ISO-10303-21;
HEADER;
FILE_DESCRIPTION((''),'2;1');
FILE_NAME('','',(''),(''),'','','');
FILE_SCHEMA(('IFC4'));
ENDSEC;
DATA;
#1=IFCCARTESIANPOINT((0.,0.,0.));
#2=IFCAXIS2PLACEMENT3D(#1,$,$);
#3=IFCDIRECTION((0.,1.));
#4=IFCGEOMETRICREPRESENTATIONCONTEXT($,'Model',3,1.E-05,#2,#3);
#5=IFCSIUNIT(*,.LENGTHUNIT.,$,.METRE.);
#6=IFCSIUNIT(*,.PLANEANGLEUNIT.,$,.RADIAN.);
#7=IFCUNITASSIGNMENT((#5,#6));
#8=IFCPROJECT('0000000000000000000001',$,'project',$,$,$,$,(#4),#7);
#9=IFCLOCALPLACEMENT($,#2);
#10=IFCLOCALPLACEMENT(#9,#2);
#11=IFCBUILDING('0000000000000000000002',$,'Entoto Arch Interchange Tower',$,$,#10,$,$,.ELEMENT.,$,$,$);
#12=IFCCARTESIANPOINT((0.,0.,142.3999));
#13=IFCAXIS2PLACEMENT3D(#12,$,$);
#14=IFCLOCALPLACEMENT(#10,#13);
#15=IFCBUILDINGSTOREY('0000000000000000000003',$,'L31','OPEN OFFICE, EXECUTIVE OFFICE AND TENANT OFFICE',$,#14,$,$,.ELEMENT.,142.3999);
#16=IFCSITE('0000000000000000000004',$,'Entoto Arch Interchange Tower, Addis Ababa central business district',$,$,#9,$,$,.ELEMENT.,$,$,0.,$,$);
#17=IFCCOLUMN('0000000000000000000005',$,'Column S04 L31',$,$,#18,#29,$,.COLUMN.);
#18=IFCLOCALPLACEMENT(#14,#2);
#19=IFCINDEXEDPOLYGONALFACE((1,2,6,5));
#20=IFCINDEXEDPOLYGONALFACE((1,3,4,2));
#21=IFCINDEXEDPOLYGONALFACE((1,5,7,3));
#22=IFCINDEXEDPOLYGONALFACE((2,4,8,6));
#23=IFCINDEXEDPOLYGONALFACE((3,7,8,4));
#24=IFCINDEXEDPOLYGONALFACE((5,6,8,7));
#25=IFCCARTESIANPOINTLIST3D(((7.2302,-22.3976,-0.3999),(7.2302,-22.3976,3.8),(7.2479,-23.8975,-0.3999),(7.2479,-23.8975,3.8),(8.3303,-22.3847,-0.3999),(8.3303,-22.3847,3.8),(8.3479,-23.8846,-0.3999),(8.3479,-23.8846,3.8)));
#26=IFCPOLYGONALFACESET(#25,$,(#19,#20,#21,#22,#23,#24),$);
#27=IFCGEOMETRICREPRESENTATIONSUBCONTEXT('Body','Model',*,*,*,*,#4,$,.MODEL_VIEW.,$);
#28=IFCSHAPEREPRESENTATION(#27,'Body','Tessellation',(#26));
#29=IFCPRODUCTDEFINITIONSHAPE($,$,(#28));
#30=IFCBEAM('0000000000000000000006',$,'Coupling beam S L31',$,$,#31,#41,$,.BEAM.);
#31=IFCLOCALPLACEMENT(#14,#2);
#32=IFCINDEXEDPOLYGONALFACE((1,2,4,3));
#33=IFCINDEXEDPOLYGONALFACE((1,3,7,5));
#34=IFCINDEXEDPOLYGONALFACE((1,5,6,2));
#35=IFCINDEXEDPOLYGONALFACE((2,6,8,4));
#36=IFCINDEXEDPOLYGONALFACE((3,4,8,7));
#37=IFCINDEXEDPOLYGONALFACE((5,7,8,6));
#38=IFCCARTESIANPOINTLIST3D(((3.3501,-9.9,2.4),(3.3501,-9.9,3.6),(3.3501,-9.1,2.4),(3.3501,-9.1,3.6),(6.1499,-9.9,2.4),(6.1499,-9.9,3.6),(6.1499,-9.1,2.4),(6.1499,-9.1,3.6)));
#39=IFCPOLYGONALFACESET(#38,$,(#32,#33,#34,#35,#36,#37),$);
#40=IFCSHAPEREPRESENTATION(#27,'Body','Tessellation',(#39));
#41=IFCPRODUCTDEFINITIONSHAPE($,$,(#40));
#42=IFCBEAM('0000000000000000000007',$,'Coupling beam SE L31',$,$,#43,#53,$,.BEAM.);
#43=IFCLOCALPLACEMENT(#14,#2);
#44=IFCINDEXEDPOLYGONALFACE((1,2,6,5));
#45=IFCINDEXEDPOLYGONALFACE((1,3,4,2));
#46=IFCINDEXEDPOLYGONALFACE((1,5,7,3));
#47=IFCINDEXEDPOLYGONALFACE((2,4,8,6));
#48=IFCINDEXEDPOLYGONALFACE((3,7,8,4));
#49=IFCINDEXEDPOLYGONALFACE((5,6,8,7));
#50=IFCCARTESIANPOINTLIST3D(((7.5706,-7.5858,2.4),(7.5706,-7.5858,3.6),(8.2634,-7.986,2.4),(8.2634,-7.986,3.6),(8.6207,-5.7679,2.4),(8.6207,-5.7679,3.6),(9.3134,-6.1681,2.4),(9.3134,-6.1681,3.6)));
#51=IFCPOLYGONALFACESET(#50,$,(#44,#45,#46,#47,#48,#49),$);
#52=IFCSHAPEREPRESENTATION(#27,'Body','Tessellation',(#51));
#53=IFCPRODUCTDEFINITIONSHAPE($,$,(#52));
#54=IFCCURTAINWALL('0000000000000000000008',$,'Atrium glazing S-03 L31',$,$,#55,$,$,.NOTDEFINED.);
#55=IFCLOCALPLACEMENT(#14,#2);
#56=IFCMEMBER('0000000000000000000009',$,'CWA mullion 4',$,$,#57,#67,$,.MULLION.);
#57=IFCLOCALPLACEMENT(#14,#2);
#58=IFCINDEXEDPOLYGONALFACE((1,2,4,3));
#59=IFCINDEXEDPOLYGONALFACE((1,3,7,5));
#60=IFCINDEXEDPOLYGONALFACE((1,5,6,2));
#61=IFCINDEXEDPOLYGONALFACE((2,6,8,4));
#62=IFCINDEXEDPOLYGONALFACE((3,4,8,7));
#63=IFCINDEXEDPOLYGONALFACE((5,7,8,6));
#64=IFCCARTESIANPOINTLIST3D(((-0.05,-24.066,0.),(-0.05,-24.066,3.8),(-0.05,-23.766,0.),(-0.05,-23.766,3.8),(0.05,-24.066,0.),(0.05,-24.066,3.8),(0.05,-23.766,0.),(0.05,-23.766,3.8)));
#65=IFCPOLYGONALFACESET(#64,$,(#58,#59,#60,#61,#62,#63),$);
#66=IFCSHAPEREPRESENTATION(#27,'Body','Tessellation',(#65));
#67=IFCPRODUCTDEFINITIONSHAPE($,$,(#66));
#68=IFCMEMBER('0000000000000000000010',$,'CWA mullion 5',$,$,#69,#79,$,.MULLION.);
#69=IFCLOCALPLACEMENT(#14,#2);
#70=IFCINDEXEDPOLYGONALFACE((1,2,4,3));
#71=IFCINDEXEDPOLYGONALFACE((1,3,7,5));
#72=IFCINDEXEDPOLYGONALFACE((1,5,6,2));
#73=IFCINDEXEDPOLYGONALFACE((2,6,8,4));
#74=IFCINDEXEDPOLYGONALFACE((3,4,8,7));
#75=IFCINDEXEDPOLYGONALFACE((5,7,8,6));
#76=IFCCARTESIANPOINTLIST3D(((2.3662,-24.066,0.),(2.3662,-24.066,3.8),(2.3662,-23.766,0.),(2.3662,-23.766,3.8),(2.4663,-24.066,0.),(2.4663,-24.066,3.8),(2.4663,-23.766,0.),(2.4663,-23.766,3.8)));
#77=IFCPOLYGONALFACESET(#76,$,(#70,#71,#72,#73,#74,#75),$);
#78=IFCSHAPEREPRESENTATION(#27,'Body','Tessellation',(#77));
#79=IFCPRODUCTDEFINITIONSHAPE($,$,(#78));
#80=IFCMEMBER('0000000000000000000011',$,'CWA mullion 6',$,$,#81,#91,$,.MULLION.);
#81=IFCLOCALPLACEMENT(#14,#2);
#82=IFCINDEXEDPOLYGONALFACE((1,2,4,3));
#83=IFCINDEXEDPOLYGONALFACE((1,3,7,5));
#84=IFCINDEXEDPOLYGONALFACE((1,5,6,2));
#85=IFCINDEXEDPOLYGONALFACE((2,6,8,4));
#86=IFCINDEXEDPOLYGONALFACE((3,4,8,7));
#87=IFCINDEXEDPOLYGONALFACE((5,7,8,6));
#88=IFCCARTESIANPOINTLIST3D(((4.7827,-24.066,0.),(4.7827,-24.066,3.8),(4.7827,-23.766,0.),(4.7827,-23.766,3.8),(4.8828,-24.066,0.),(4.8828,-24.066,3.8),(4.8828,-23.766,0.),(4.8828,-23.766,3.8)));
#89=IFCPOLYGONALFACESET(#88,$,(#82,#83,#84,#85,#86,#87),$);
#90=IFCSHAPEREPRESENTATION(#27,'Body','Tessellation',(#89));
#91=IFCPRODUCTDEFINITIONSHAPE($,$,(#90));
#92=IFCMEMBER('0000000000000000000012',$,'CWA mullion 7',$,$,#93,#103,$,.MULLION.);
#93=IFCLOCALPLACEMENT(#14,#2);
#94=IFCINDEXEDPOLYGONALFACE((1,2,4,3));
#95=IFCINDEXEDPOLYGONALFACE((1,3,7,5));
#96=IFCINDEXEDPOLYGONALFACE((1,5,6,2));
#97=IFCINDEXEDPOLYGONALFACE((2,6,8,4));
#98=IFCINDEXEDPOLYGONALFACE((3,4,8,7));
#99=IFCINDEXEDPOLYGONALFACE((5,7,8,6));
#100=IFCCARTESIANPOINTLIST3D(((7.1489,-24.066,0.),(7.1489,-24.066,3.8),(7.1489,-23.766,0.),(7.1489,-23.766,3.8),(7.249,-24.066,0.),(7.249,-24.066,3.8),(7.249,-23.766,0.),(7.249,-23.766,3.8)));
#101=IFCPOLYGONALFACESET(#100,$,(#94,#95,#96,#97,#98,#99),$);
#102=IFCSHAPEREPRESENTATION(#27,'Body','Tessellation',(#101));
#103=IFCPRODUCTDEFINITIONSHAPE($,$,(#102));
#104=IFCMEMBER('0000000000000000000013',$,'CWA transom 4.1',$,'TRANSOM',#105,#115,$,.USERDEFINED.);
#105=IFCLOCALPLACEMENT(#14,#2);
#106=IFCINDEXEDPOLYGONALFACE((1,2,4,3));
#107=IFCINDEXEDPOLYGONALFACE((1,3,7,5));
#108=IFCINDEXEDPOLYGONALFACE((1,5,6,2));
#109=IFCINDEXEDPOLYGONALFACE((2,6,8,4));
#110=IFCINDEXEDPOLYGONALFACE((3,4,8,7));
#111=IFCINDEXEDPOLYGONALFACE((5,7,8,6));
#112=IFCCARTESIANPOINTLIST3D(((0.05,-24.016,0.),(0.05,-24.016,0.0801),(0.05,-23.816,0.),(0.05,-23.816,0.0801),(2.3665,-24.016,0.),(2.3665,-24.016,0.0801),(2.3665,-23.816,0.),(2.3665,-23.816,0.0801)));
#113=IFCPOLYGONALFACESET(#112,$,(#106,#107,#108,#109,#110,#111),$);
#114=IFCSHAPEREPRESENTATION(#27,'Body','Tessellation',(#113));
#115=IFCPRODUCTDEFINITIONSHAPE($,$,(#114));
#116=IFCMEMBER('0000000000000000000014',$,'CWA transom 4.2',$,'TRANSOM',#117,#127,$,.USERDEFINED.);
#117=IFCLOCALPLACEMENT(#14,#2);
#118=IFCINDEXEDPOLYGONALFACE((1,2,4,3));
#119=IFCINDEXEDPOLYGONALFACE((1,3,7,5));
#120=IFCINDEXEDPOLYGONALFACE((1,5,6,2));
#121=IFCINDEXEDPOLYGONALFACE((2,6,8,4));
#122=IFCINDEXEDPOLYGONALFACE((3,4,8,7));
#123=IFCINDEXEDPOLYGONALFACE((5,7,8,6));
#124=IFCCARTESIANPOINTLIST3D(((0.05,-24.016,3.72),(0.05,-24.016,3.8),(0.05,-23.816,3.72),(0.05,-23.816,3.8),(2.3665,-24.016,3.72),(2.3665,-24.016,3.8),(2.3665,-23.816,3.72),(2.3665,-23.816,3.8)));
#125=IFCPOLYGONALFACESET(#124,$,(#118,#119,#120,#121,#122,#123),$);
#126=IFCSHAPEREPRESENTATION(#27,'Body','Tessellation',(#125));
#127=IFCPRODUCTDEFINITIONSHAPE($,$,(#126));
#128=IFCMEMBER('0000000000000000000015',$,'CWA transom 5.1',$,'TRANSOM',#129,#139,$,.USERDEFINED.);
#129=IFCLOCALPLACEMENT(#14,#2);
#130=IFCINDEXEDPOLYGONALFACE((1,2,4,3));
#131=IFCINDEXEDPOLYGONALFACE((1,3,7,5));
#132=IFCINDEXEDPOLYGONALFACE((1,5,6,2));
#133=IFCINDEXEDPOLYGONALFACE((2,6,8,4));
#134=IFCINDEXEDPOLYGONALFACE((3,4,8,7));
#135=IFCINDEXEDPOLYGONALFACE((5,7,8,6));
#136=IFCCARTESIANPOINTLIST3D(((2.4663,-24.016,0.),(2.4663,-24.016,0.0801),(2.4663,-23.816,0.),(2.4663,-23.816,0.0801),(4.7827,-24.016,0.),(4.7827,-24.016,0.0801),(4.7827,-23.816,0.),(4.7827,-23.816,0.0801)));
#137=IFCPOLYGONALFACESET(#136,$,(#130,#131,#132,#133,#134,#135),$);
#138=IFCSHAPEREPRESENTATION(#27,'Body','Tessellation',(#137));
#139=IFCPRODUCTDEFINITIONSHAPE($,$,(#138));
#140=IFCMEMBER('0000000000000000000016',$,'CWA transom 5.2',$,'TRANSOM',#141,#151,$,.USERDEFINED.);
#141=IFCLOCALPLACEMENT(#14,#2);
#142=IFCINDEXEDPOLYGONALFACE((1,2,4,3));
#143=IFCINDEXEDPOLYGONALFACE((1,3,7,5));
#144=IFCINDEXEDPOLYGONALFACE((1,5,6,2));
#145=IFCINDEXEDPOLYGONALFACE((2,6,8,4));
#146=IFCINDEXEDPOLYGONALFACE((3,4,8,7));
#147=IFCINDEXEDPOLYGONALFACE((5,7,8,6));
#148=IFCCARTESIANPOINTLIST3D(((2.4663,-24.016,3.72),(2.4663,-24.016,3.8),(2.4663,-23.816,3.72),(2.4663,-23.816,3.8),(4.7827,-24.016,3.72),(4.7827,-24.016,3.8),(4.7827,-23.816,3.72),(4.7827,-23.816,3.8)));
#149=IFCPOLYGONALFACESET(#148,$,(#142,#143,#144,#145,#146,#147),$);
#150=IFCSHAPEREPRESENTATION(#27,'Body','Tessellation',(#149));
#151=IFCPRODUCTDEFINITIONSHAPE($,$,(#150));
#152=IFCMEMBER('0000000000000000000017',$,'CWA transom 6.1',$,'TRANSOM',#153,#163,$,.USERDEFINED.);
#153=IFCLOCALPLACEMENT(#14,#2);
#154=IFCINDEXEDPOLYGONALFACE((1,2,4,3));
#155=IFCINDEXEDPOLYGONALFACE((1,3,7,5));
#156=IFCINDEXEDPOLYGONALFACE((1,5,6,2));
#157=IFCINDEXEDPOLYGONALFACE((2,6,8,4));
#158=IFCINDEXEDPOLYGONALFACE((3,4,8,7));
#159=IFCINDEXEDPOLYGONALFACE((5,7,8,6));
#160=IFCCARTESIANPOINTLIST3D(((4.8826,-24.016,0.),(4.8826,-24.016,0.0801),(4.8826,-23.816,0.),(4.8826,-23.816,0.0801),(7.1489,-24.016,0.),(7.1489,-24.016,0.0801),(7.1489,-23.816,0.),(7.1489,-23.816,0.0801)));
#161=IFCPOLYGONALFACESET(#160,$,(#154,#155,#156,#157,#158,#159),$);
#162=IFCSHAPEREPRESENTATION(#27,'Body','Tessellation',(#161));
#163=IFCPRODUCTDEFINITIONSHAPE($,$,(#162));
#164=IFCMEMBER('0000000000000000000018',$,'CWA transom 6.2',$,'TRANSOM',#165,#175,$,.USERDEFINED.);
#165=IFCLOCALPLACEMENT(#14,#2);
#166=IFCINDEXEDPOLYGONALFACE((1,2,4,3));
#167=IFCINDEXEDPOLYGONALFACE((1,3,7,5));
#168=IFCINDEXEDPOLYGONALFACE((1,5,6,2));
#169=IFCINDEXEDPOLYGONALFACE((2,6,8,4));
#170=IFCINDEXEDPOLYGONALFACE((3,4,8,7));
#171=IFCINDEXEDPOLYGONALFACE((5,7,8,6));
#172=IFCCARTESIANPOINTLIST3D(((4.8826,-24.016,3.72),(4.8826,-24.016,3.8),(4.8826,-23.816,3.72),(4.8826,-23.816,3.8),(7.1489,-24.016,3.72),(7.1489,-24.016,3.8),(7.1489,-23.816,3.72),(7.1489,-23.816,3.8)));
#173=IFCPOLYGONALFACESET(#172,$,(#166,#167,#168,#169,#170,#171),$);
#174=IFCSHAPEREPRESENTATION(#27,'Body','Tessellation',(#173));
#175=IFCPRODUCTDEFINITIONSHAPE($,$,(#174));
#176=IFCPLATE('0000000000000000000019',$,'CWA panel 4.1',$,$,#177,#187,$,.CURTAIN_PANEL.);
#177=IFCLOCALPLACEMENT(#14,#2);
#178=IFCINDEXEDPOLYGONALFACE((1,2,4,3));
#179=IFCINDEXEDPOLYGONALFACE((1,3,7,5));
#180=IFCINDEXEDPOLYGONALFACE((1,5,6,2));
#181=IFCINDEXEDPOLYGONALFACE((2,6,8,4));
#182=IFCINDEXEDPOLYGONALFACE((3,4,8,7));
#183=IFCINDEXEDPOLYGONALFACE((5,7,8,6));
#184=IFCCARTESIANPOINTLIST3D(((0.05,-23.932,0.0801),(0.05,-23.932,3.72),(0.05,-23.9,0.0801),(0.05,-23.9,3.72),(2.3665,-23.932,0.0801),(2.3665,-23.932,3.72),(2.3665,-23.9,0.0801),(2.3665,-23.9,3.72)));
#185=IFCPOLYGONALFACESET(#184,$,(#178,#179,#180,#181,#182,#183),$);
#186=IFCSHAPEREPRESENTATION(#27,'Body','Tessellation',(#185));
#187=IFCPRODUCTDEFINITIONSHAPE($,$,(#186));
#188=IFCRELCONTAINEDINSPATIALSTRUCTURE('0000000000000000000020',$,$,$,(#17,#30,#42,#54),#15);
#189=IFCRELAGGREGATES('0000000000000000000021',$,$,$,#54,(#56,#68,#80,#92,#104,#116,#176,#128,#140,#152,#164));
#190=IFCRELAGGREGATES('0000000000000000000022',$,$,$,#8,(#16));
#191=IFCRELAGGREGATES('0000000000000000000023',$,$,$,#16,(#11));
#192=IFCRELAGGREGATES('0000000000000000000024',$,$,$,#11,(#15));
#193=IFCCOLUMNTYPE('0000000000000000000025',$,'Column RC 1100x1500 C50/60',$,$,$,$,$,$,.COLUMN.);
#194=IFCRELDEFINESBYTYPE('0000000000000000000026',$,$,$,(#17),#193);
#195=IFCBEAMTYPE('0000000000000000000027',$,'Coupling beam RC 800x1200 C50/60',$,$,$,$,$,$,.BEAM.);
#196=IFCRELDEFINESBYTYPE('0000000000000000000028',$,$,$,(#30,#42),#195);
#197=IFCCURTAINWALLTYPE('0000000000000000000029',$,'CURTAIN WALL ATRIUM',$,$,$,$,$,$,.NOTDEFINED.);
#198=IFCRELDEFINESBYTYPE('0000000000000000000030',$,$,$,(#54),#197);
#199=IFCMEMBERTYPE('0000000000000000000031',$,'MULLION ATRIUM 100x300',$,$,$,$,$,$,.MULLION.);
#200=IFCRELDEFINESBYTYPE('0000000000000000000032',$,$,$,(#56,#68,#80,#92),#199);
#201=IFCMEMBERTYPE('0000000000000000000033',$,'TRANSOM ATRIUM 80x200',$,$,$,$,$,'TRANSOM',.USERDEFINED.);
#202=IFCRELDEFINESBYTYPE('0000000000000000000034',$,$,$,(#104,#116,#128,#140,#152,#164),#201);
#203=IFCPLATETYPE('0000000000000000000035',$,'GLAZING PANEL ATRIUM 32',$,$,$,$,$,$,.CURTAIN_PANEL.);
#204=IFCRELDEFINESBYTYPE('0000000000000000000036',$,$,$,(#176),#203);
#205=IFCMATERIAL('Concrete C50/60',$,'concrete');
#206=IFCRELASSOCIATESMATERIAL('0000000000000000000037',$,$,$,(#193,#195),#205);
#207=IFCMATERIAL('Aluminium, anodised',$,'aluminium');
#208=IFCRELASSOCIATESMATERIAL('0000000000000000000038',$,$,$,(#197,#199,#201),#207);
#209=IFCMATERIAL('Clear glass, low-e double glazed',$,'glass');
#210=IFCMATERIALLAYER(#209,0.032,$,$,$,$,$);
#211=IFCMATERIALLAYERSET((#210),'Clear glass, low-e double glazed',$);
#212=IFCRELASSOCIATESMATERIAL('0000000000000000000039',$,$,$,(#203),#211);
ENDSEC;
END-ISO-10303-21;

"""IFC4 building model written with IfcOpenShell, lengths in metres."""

from ifc_helpers import new_model, si_unit, direction, frame, origin, origin_2d, place, context, subcontext, project, spatial, rectangle, extrude, material, layer, layer_set, material_profile, profile_set, type_object, element, aggregate, save


model = new_model("IFC4")

# Units and contexts
model_context = context("Model", 3, precision=1e-05, world=origin(), true_north=direction((0.0, 1.0)))
body_context = subcontext(model_context, "Body", "Model", "MODEL_VIEW")
ifc_project = project(units=[si_unit("LENGTHUNIT", "METRE"), si_unit("PLANEANGLEUNIT", "RADIAN")], contexts=[model_context])

# Site, building, storey
site_placement = place(None, origin())
site = spatial("IfcSite", under=ifc_project, at=site_placement, Name="Entoto Arch Interchange Tower, Addis Ababa central business district", CompositionType="ELEMENT", RefElevation=0.0)
building_placement = place(site_placement, origin())
building = spatial("IfcBuilding", under=site, at=building_placement, Name="Entoto Arch Interchange Tower", CompositionType="ELEMENT")
storey_placement = place(building_placement, frame((0.0, 0.0, 142.3999)))
storey = spatial("IfcBuildingStorey", under=building, at=storey_placement, Name="L31", Description="OPEN OFFICE, EXECUTIVE OFFICE AND TENANT OFFICE", CompositionType="ELEMENT", Elevation=142.3999)

# Column
ifc_material_1 = material(Name="Concrete C50/60", Category="concrete")
ifc_material_profile_1 = material_profile(ifc_material_1, rectangle(XDim=1.1001, YDim=1.5, at=origin_2d()))
ifc_profile_set_1 = profile_set([ifc_material_profile_1], Name="Concrete C50/60")
column_type = type_object("IfcColumnType", Name="Column RC 1100x1500 C50/60", PredefinedType="COLUMN", material=ifc_profile_set_1)
column_placement = place(storey_placement, frame((7.7891, -23.1411, -0.3999), z_axis=(0.0, 0.0, 1.0), x_axis=(0.999931, 0.011746, 0.0)))
element("IfcColumn", 1, at=column_placement, inside=storey, type_object=column_type, Name="Column S04 L31", PredefinedType="COLUMN", context=body_context, shape_type="SweptSolid", body=[
    extrude(rectangle(XDim=1.1001, YDim=1.5, at=origin_2d()), origin(), (0.0, 0.0, 1.0), 4.2),
])

# Beams
ifc_material_profile_2 = material_profile(ifc_material_1, rectangle(XDim=0.8, YDim=1.2, at=origin_2d()))
ifc_profile_set_2 = profile_set([ifc_material_profile_2], Name="Concrete C50/60")
beam_type = type_object("IfcBeamType", Name="Coupling beam RC 800x1200 C50/60", PredefinedType="BEAM", material=ifc_profile_set_2)
beam_1_placement = place(storey_placement, frame((3.3501, -9.5, 3.0), z_axis=(1.0, 0.0, 0.0), x_axis=(0.0, 1.0, 0.0)))
element("IfcBeam", 2, at=beam_1_placement, inside=storey, type_object=beam_type, Name="Coupling beam S L31", PredefinedType="BEAM", context=body_context, shape_type="SweptSolid", body=[
    extrude(rectangle(XDim=0.8, YDim=1.2, at=origin_2d()), origin(), (0.0, 0.0, 1.0), 2.7998),
])
beam_2_placement = place(storey_placement, frame((7.917, -7.7859, 3.0), z_axis=(0.500179, 0.865922, 0.0), x_axis=(-0.865922, 0.500179, 0.0)))
element("IfcBeam", 3, at=beam_2_placement, inside=storey, type_object=beam_type, Name="Coupling beam SE L31", PredefinedType="BEAM", context=body_context, shape_type="SweptSolid", body=[
    extrude(rectangle(XDim=0.8, YDim=1.2, at=origin_2d()), origin(), (0.0, 0.0, 1.0), 2.0994),
])

# Curtain wall, members, plate
ifc_material_2 = material(Name="Aluminium, anodised", Category="aluminium")
curtain_wall_type = type_object("IfcCurtainWallType", Name="CURTAIN WALL ATRIUM", PredefinedType="NOTDEFINED", material=ifc_material_2)
curtain_wall_placement = place(storey_placement, origin())
curtain_wall = element("IfcCurtainWall", 4, at=curtain_wall_placement, inside=storey, type_object=curtain_wall_type, Name="Atrium glazing S-03 L31", PredefinedType="NOTDEFINED")
ifc_material_profile_3 = material_profile(ifc_material_2, rectangle(XDim=0.3, YDim=0.1001, at=origin_2d()))
ifc_profile_set_3 = profile_set([ifc_material_profile_3], Name="Aluminium, anodised")
member_type_1 = type_object("IfcMemberType", Name="MULLION ATRIUM 100x300", PredefinedType="MULLION", material=ifc_profile_set_3)
member_1_placement = place(storey_placement, frame((0.0, -23.916, 0.0), z_axis=(0.0, 0.0, 1.0), x_axis=(0.0, 1.0, 0.0)))
member_1 = element("IfcMember", 5, at=member_1_placement, type_object=member_type_1, Name="CWA mullion 4", PredefinedType="MULLION", context=body_context, shape_type="SweptSolid", body=[
    extrude(rectangle(XDim=0.3, YDim=0.1001, at=origin_2d()), origin(), (0.0, 0.0, 1.0), 3.8),
])
member_2_placement = place(storey_placement, frame((2.4163, -23.916, 0.0), z_axis=(0.0, 0.0, 1.0), x_axis=(0.0, 1.0, 0.0)))
member_2 = element("IfcMember", 6, at=member_2_placement, type_object=member_type_1, Name="CWA mullion 5", PredefinedType="MULLION", context=body_context, shape_type="SweptSolid", body=[
    extrude(rectangle(XDim=0.3, YDim=0.1001, at=origin_2d()), origin(), (0.0, 0.0, 1.0), 3.8),
])
member_3_placement = place(storey_placement, frame((4.8328, -23.916, 0.0), z_axis=(0.0, 0.0, 1.0), x_axis=(0.0, 1.0, 0.0)))
member_3 = element("IfcMember", 7, at=member_3_placement, type_object=member_type_1, Name="CWA mullion 6", PredefinedType="MULLION", context=body_context, shape_type="SweptSolid", body=[
    extrude(rectangle(XDim=0.3, YDim=0.1001, at=origin_2d()), origin(), (0.0, 0.0, 1.0), 3.8),
])
member_4_placement = place(storey_placement, frame((7.199, -23.916, 0.0), z_axis=(0.0, 0.0, 1.0), x_axis=(0.0, 1.0, 0.0)))
member_4 = element("IfcMember", 8, at=member_4_placement, type_object=member_type_1, Name="CWA mullion 7", PredefinedType="MULLION", context=body_context, shape_type="SweptSolid", body=[
    extrude(rectangle(XDim=0.3, YDim=0.1001, at=origin_2d()), origin(), (0.0, 0.0, 1.0), 3.8),
])
ifc_material_profile_4 = material_profile(ifc_material_2, rectangle(XDim=0.2, YDim=0.0801, at=origin_2d()))
ifc_profile_set_4 = profile_set([ifc_material_profile_4], Name="Aluminium, anodised")
member_type_2 = type_object("IfcMemberType", Name="TRANSOM ATRIUM 80x200", ElementType="TRANSOM", PredefinedType="USERDEFINED", material=ifc_profile_set_4)
member_5_placement = place(storey_placement, frame((0.05, -23.916, 0.04), z_axis=(1.0, 0.0, 0.0), x_axis=(0.0, 1.0, 0.0)))
member_5 = element("IfcMember", 9, at=member_5_placement, type_object=member_type_2, Name="CWA transom 4.1", ObjectType="TRANSOM", PredefinedType="USERDEFINED", context=body_context, shape_type="SweptSolid", body=[
    extrude(rectangle(XDim=0.2, YDim=0.0801, at=origin_2d()), origin(), (0.0, 0.0, 1.0), 2.3164),
])
member_6_placement = place(storey_placement, frame((0.05, -23.916, 3.76), z_axis=(1.0, 0.0, 0.0), x_axis=(0.0, 1.0, 0.0)))
member_6 = element("IfcMember", 10, at=member_6_placement, type_object=member_type_2, Name="CWA transom 4.2", ObjectType="TRANSOM", PredefinedType="USERDEFINED", context=body_context, shape_type="SweptSolid", body=[
    extrude(rectangle(XDim=0.2, YDim=0.0801, at=origin_2d()), origin(), (0.0, 0.0, 1.0), 2.3164),
])
member_7_placement = place(storey_placement, frame((2.4663, -23.916, 0.04), z_axis=(1.0, 0.0, 0.0), x_axis=(0.0, 1.0, 0.0)))
member_7 = element("IfcMember", 11, at=member_7_placement, type_object=member_type_2, Name="CWA transom 5.1", ObjectType="TRANSOM", PredefinedType="USERDEFINED", context=body_context, shape_type="SweptSolid", body=[
    extrude(rectangle(XDim=0.2, YDim=0.0801, at=origin_2d()), origin(), (0.0, 0.0, 1.0), 2.3164),
])
member_8_placement = place(storey_placement, frame((2.4663, -23.916, 3.76), z_axis=(1.0, 0.0, 0.0), x_axis=(0.0, 1.0, 0.0)))
member_8 = element("IfcMember", 12, at=member_8_placement, type_object=member_type_2, Name="CWA transom 5.2", ObjectType="TRANSOM", PredefinedType="USERDEFINED", context=body_context, shape_type="SweptSolid", body=[
    extrude(rectangle(XDim=0.2, YDim=0.0801, at=origin_2d()), origin(), (0.0, 0.0, 1.0), 2.3164),
])
member_9_placement = place(storey_placement, frame((4.8826, -23.916, 0.04), z_axis=(1.0, 0.0, 0.0), x_axis=(0.0, 1.0, 0.0)))
member_9 = element("IfcMember", 13, at=member_9_placement, type_object=member_type_2, Name="CWA transom 6.1", ObjectType="TRANSOM", PredefinedType="USERDEFINED", context=body_context, shape_type="SweptSolid", body=[
    extrude(rectangle(XDim=0.2, YDim=0.0801, at=origin_2d()), origin(), (0.0, 0.0, 1.0), 2.2664),
])
member_10_placement = place(storey_placement, frame((4.8826, -23.916, 3.76), z_axis=(1.0, 0.0, 0.0), x_axis=(0.0, 1.0, 0.0)))
member_10 = element("IfcMember", 14, at=member_10_placement, type_object=member_type_2, Name="CWA transom 6.2", ObjectType="TRANSOM", PredefinedType="USERDEFINED", context=body_context, shape_type="SweptSolid", body=[
    extrude(rectangle(XDim=0.2, YDim=0.0801, at=origin_2d()), origin(), (0.0, 0.0, 1.0), 2.2664),
])
ifc_material_3 = material(Name="Clear glass, low-e double glazed", Category="glass")
ifc_layer_1 = layer(ifc_material_3, 0.032)
ifc_layer_set_1 = layer_set([ifc_layer_1], Name="Clear glass, low-e double glazed")
plate_type = type_object("IfcPlateType", Name="GLAZING PANEL ATRIUM 32", PredefinedType="CURTAIN_PANEL", material=ifc_layer_set_1)
plate_1_placement = place(storey_placement, frame((1.2083, -23.916, 0.0801), z_axis=(0.0, 0.0, 1.0), x_axis=(1.0, 0.0, 0.0)))
plate_1 = element("IfcPlate", 15, at=plate_1_placement, type_object=plate_type, Name="CWA panel 4.1", PredefinedType="CURTAIN_PANEL", context=body_context, shape_type="SweptSolid", body=[
    extrude(rectangle(XDim=2.3164, YDim=0.032, at=origin_2d()), origin(), (0.0, 0.0, 1.0), 3.6399),
])
aggregate(curtain_wall, [member_1, member_2, member_3, member_4, member_5, member_6, plate_1, member_7, member_8, member_9, member_10])

save(model, "model.ifc")
